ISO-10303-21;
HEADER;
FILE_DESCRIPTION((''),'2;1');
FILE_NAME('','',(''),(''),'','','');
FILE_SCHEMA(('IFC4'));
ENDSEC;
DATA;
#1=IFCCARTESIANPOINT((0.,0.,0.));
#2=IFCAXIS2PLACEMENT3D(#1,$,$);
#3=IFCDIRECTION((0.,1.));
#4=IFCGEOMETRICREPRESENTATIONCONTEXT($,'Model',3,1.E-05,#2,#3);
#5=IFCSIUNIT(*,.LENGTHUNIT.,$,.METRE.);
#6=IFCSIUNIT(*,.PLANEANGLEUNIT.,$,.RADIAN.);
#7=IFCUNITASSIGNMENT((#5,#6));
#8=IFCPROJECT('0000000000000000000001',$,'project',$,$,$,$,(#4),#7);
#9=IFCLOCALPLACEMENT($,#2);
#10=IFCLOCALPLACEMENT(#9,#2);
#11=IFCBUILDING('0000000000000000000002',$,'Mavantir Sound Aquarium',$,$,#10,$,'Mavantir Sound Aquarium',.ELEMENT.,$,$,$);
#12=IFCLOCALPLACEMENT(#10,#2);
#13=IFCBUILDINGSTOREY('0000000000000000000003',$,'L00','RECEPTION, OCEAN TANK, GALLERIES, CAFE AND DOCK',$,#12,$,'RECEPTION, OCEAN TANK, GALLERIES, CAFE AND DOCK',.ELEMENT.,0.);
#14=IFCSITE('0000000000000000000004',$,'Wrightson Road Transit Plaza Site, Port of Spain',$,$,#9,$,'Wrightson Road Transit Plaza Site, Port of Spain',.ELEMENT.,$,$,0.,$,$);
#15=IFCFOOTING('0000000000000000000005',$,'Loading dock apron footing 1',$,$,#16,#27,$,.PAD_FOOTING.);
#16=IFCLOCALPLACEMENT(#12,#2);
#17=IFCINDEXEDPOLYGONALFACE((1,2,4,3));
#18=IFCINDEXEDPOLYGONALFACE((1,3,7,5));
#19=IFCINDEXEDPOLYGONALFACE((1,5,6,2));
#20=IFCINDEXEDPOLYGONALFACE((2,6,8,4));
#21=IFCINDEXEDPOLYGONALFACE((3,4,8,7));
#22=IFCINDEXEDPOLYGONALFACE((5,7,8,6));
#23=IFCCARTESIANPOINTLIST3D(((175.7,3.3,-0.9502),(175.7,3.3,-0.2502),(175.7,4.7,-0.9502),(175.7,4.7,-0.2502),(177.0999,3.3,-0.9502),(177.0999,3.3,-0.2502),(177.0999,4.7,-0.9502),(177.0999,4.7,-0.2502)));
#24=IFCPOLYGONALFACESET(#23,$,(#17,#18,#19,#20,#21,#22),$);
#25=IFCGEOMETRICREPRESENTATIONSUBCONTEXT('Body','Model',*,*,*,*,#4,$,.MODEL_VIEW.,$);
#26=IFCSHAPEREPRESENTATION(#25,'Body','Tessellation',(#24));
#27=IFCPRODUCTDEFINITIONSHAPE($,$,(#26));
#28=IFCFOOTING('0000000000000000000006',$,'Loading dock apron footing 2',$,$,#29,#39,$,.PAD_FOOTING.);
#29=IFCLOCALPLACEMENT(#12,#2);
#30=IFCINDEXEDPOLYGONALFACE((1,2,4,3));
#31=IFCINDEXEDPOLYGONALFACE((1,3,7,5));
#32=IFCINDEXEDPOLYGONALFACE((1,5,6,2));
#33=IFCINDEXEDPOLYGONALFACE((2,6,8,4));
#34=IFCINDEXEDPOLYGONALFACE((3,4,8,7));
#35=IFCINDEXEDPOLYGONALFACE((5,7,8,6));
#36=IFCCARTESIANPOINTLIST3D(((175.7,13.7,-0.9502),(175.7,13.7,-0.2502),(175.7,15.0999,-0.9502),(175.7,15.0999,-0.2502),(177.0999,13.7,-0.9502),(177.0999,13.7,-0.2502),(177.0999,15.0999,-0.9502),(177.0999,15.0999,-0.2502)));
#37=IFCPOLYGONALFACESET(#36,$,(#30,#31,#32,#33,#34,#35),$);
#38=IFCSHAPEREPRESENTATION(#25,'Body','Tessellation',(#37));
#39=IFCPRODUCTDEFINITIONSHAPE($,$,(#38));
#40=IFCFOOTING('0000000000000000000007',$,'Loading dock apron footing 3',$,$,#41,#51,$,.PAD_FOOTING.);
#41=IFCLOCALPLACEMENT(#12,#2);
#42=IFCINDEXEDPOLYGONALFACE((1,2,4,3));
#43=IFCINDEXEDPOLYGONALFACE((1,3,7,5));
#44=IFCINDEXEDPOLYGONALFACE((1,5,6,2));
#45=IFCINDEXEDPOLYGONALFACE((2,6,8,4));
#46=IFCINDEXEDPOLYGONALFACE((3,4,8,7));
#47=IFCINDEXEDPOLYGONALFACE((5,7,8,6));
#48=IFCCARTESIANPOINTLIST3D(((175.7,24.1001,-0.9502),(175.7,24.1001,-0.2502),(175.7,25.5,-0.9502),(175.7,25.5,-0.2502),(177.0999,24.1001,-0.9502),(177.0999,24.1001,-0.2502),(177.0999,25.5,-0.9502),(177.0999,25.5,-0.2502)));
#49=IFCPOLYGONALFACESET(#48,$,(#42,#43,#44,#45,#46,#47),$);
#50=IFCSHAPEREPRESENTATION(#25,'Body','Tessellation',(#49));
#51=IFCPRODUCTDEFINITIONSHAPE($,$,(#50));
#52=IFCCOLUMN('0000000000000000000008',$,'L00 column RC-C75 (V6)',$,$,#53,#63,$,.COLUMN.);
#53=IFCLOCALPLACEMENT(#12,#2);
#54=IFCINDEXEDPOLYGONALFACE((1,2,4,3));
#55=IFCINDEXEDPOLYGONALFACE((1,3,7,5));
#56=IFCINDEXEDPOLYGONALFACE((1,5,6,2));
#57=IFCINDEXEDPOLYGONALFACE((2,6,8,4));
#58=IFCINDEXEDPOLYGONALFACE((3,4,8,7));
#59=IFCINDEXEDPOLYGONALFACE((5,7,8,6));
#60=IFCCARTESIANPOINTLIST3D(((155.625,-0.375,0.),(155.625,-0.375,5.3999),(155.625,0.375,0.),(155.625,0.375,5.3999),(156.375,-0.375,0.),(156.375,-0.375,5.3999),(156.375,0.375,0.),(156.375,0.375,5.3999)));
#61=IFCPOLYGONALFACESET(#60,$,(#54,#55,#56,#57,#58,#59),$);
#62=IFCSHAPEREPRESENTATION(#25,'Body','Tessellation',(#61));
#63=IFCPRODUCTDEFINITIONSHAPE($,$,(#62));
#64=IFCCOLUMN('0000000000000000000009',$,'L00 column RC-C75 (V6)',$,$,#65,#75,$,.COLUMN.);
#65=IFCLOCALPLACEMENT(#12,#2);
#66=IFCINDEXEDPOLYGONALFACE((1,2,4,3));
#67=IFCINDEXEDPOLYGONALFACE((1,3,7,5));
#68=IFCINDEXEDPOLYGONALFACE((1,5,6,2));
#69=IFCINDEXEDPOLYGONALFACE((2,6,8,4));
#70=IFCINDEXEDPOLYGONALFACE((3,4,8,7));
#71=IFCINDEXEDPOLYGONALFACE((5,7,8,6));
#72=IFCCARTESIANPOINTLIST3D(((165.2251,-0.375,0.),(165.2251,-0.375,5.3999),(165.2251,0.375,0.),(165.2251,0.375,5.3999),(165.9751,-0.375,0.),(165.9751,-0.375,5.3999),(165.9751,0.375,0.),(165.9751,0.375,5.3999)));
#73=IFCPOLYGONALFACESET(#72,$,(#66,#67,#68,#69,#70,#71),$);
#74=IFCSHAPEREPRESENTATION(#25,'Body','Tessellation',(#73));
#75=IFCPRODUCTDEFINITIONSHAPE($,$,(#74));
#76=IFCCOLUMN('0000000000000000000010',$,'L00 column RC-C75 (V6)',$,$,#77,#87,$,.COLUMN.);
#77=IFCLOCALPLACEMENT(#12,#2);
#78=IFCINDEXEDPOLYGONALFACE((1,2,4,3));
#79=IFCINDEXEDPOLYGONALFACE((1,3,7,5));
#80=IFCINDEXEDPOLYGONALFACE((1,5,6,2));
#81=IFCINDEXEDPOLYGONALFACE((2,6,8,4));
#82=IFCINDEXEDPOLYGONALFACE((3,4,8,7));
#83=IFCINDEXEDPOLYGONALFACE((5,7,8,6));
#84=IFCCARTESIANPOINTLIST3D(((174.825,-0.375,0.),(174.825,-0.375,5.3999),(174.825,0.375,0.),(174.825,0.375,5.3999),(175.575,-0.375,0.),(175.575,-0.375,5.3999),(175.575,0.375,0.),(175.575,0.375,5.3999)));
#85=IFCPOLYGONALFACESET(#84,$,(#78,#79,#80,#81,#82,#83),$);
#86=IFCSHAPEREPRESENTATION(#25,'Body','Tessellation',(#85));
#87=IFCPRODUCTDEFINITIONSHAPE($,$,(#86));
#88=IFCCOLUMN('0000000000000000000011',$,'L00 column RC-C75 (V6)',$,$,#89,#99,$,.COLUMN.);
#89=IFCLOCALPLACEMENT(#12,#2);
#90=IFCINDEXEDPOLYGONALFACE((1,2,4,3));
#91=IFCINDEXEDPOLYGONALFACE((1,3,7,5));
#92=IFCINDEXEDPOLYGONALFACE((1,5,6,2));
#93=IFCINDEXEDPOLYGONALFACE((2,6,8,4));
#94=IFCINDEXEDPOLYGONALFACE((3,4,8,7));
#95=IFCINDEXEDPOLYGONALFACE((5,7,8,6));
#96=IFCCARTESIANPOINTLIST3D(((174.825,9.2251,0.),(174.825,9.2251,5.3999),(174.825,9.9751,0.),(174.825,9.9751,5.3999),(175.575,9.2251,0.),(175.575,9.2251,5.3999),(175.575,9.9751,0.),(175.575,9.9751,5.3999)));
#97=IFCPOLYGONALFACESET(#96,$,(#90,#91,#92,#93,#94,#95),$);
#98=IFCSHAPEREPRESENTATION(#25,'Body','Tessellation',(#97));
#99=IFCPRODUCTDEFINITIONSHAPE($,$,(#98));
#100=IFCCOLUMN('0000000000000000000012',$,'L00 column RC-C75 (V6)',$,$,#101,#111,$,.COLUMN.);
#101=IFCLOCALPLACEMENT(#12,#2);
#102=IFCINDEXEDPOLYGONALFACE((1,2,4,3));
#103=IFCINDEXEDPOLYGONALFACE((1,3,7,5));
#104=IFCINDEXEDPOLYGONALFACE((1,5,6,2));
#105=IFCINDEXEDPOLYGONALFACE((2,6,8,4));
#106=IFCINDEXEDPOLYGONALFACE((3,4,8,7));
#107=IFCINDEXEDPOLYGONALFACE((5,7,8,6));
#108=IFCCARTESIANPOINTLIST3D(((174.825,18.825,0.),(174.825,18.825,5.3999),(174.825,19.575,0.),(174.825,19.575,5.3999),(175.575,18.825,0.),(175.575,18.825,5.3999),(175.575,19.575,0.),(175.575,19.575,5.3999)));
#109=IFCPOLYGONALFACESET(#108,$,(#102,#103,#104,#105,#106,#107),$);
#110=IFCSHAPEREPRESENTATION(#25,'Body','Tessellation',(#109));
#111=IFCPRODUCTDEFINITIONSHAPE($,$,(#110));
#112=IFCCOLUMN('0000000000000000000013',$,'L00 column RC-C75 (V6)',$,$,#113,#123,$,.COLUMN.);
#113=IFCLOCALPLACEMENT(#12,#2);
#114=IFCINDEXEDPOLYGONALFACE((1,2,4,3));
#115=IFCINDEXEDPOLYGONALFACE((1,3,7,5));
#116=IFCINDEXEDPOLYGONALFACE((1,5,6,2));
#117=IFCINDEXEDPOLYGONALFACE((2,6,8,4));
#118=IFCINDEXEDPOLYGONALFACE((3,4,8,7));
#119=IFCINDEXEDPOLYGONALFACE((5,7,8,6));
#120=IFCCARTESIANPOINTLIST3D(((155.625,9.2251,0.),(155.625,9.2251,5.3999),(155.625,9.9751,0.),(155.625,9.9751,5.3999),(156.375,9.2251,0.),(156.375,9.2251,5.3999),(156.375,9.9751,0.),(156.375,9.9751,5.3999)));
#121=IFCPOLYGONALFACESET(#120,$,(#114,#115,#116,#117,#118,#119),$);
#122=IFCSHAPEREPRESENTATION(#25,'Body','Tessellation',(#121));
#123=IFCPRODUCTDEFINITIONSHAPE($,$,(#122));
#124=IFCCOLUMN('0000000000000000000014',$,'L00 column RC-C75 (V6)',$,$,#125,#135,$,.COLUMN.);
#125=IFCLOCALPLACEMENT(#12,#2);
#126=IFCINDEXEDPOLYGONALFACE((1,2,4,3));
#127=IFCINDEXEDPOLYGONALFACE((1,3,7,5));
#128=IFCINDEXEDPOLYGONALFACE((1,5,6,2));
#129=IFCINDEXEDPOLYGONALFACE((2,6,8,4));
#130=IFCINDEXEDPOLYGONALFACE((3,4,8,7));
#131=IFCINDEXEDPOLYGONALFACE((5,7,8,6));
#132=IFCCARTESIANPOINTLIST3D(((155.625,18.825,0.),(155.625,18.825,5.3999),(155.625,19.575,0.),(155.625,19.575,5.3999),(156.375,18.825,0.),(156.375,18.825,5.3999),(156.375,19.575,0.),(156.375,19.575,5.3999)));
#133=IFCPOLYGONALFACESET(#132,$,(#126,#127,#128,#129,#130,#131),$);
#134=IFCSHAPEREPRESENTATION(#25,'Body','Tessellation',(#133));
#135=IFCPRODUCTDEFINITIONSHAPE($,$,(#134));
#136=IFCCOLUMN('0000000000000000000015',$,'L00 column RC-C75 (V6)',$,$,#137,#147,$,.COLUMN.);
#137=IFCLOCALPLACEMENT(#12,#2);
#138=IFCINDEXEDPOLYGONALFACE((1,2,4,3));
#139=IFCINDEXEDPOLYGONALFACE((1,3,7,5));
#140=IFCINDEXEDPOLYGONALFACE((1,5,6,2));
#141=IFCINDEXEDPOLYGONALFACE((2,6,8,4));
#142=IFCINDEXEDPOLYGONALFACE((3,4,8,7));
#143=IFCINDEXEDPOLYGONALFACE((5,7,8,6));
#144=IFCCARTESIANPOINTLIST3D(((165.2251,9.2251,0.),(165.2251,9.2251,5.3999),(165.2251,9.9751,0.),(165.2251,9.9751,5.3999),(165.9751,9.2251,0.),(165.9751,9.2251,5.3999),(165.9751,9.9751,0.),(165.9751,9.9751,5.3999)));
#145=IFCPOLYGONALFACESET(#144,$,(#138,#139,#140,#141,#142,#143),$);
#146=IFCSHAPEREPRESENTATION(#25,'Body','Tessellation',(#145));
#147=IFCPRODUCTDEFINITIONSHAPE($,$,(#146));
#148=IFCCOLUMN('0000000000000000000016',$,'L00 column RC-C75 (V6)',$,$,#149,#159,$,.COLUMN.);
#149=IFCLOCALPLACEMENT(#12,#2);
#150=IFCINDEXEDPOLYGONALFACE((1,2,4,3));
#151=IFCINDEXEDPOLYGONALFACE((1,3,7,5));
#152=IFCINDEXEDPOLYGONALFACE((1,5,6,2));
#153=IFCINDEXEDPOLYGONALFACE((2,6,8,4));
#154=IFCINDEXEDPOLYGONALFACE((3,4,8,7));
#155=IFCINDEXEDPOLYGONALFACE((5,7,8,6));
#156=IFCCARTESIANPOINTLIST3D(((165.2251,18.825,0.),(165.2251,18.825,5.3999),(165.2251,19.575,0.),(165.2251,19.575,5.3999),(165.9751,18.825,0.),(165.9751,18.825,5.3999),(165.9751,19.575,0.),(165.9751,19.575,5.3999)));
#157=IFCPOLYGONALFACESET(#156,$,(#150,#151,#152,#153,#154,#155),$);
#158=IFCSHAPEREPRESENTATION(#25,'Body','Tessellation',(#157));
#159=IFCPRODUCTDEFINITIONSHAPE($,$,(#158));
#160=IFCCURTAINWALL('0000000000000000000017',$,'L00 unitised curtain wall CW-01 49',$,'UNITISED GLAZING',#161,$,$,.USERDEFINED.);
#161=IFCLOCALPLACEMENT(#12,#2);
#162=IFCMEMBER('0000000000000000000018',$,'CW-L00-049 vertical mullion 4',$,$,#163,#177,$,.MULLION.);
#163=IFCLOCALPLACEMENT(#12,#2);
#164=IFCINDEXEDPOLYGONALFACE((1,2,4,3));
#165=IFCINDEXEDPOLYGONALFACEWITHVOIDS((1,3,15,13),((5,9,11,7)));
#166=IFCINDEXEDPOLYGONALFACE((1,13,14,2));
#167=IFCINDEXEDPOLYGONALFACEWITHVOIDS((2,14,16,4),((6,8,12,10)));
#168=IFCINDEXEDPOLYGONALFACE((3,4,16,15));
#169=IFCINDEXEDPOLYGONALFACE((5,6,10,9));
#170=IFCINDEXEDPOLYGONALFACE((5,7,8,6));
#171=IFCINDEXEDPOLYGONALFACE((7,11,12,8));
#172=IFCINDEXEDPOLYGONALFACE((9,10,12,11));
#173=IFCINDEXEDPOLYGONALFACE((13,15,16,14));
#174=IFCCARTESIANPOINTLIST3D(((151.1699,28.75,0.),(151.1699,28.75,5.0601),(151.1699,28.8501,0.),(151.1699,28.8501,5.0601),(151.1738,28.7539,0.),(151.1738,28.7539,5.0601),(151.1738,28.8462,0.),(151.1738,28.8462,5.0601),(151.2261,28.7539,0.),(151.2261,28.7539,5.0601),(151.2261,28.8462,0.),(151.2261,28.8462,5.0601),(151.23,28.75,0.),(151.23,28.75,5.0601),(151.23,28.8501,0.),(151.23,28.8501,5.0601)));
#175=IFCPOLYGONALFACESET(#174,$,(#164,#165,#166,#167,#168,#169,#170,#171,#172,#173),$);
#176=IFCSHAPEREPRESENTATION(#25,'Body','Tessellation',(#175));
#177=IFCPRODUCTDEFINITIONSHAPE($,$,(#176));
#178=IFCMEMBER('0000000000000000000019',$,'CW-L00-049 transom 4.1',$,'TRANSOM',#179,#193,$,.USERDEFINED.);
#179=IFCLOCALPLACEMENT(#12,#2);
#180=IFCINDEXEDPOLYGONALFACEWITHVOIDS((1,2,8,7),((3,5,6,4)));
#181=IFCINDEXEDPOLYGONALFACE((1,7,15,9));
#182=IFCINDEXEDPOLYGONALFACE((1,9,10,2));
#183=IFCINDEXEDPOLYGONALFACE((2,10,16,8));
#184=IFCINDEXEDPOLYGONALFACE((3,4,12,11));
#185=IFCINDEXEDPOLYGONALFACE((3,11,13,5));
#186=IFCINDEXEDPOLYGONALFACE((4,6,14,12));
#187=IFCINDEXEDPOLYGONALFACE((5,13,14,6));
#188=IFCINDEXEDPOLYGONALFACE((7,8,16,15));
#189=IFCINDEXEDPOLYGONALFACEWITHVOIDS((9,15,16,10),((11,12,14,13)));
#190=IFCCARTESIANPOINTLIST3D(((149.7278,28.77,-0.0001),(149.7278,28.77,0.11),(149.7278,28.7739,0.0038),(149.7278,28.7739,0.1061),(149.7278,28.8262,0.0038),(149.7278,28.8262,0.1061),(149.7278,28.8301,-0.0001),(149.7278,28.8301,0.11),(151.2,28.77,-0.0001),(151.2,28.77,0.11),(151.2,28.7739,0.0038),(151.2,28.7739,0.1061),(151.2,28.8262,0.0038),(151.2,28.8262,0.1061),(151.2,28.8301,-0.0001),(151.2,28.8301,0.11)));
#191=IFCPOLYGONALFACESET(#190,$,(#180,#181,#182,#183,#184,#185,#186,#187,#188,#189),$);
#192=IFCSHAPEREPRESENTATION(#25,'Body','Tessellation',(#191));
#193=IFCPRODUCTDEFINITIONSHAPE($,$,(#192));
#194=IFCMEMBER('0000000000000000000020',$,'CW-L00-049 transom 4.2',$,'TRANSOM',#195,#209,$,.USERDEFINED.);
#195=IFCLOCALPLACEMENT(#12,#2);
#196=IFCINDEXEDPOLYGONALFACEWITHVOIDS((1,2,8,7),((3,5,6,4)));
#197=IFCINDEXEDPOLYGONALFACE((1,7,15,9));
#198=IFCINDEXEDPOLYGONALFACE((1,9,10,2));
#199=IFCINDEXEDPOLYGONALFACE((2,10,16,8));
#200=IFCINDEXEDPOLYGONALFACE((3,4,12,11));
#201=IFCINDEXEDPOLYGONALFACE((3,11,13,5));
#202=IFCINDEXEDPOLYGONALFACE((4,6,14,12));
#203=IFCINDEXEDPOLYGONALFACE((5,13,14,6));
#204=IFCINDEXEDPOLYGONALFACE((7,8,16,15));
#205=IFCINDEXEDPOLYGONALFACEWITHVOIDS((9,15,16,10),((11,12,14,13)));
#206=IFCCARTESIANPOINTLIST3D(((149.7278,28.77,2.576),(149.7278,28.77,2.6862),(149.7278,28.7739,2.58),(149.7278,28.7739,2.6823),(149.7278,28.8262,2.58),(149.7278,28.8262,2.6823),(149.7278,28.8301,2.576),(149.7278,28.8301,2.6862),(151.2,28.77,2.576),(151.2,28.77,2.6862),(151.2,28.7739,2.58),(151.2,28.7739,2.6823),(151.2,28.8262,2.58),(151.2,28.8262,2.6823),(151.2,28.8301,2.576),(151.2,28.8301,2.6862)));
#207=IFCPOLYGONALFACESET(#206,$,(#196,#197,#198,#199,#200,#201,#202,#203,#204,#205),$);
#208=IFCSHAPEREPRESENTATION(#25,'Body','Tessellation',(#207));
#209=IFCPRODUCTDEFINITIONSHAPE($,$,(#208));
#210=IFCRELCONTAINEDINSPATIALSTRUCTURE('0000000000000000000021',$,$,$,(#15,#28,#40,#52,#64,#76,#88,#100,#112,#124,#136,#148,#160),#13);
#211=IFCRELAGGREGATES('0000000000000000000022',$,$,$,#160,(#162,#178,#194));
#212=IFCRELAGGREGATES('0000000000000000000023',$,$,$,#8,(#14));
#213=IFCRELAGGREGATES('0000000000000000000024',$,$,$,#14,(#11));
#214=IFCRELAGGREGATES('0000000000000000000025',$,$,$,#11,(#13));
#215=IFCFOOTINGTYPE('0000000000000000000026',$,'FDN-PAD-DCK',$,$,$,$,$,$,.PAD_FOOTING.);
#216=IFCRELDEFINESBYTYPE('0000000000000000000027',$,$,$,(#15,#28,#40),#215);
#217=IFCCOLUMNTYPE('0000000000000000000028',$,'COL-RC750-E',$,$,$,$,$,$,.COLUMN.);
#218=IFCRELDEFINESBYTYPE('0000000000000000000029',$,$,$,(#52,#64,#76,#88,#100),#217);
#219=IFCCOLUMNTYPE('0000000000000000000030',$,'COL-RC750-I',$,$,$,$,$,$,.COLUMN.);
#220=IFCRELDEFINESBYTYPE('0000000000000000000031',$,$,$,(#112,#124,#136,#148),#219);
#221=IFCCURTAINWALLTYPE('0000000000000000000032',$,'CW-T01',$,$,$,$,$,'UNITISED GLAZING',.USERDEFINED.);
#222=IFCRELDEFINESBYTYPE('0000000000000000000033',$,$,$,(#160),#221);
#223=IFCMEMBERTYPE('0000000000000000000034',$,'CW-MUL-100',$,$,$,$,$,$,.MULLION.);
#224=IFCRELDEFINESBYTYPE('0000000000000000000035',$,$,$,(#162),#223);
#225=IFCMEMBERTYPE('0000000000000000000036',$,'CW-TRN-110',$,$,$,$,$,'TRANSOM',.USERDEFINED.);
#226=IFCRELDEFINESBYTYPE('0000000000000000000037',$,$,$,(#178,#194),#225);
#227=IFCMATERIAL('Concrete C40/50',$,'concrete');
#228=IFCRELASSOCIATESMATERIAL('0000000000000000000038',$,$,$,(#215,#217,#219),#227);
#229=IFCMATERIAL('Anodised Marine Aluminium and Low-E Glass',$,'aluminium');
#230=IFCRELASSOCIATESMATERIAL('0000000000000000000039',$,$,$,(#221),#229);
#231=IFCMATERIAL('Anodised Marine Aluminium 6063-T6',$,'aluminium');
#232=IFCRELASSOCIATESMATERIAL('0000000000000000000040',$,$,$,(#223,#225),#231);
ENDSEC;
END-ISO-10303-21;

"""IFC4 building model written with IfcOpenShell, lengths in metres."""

from ifc_helpers import new_model, si_unit, direction, frame, origin, origin_2d, place, context, subcontext, project, spatial, rectangle, hollow_rectangle, extrude, material, material_profile, profile_set, type_object, element, aggregate, save


model = new_model("IFC4")

# Units and contexts
model_context = context("Model", 3, precision=1e-05, world=origin(), true_north=direction((0.0, 1.0)))
body_context = subcontext(model_context, "Body", "Model", "MODEL_VIEW")
ifc_project = project(units=[si_unit("LENGTHUNIT", "METRE"), si_unit("PLANEANGLEUNIT", "RADIAN")], contexts=[model_context])

# Site, building, storey
site_placement = place(None, origin())
site = spatial("IfcSite", under=ifc_project, at=site_placement, Name="Wrightson Road Transit Plaza Site, Port of Spain", LongName="Wrightson Road Transit Plaza Site, Port of Spain", CompositionType="ELEMENT", RefElevation=0.0)
building_placement = place(site_placement, origin())
building = spatial("IfcBuilding", under=site, at=building_placement, Name="Mavantir Sound Aquarium", LongName="Mavantir Sound Aquarium", CompositionType="ELEMENT")
storey_placement = place(building_placement, origin())
storey = spatial("IfcBuildingStorey", under=building, at=storey_placement, Name="L00", Description="RECEPTION, OCEAN TANK, GALLERIES, CAFE AND DOCK", LongName="RECEPTION, OCEAN TANK, GALLERIES, CAFE AND DOCK", CompositionType="ELEMENT", Elevation=0.0)

# Footings
ifc_material_1 = material(Name="Concrete C40/50", Category="concrete")
footing_type = type_object("IfcFootingType", Name="FDN-PAD-DCK", PredefinedType="PAD_FOOTING", material=ifc_material_1)
for number, where, z_axis, x_axis, name in (
    (1, (176.3999, 4.0, -0.9502), (0.0, 0.0, 1.0), (1.0, 0.0, 0.0), "Loading dock apron footing 1"),
    (2, (176.3999, 14.3999, -0.9502), (0.0, 0.0, 1.0), (1.0, 0.0, 0.0), "Loading dock apron footing 2"),
    (3, (176.3999, 24.8, -0.9502), (0.0, 0.0, 1.0), (1.0, 0.0, 0.0), "Loading dock apron footing 3"),
):
    element("IfcFooting", number, at=place(storey_placement, frame(where, z_axis=z_axis, x_axis=x_axis)), inside=storey, type_object=footing_type, Name=name, PredefinedType="PAD_FOOTING", context=body_context, shape_type="SweptSolid", body=[
        extrude(rectangle(XDim=1.3999, YDim=1.3999, at=origin_2d()), origin(), (0.0, 0.0, 1.0), 0.7),
    ])

# Columns
ifc_material_profile_1 = material_profile(ifc_material_1, rectangle(XDim=0.75, YDim=0.75, at=origin_2d()), Name="RC 750X750")
ifc_profile_set_1 = profile_set([ifc_material_profile_1], Name="Concrete C40/50")
column_type_1 = type_object("IfcColumnType", Name="COL-RC750-E", PredefinedType="COLUMN", material=ifc_profile_set_1)
for number, where, z_axis, x_axis, name in (
    (4, (156.0, 0.0, 0.0), (0.0, 0.0, 1.0), (1.0, 0.0, 0.0), "L00 column RC-C75 (V6)"),
    (5, (165.6001, 0.0, 0.0), (0.0, 0.0, 1.0), (1.0, 0.0, 0.0), "L00 column RC-C75 (V6)"),
    (6, (175.2, 0.0, 0.0), (0.0, 0.0, 1.0), (1.0, 0.0, 0.0), "L00 column RC-C75 (V6)"),
    (7, (175.2, 9.6001, 0.0), (0.0, 0.0, 1.0), (1.0, 0.0, 0.0), "L00 column RC-C75 (V6)"),
    (8, (175.2, 19.2, 0.0), (0.0, 0.0, 1.0), (1.0, 0.0, 0.0), "L00 column RC-C75 (V6)"),
):
    element("IfcColumn", number, at=place(storey_placement, frame(where, z_axis=z_axis, x_axis=x_axis)), inside=storey, type_object=column_type_1, Name=name, PredefinedType="COLUMN", context=body_context, shape_type="SweptSolid", body=[
        extrude(rectangle(XDim=0.75, YDim=0.75, at=origin_2d()), origin(), (0.0, 0.0, 1.0), 5.3999),
    ])
ifc_material_profile_2 = material_profile(ifc_material_1, rectangle(XDim=0.75, YDim=0.75, at=origin_2d()), Name="RC 750X750")
ifc_profile_set_2 = profile_set([ifc_material_profile_2], Name="Concrete C40/50")
column_type_2 = type_object("IfcColumnType", Name="COL-RC750-I", PredefinedType="COLUMN", material=ifc_profile_set_2)
for number, where, z_axis, x_axis, name in (
    (9, (156.0, 9.6001, 0.0), (0.0, 0.0, 1.0), (1.0, 0.0, 0.0), "L00 column RC-C75 (V6)"),
    (10, (156.0, 19.2, 0.0), (0.0, 0.0, 1.0), (1.0, 0.0, 0.0), "L00 column RC-C75 (V6)"),
    (11, (165.6001, 9.6001, 0.0), (0.0, 0.0, 1.0), (1.0, 0.0, 0.0), "L00 column RC-C75 (V6)"),
    (12, (165.6001, 19.2, 0.0), (0.0, 0.0, 1.0), (1.0, 0.0, 0.0), "L00 column RC-C75 (V6)"),
):
    element("IfcColumn", number, at=place(storey_placement, frame(where, z_axis=z_axis, x_axis=x_axis)), inside=storey, type_object=column_type_2, Name=name, PredefinedType="COLUMN", context=body_context, shape_type="SweptSolid", body=[
        extrude(rectangle(XDim=0.75, YDim=0.75, at=origin_2d()), origin(), (0.0, 0.0, 1.0), 5.3999),
    ])

# Curtain wall, members
ifc_material_2 = material(Name="Anodised Marine Aluminium and Low-E Glass", Category="aluminium")
curtain_wall_type = type_object("IfcCurtainWallType", Name="CW-T01", ElementType="UNITISED GLAZING", PredefinedType="USERDEFINED", material=ifc_material_2)
curtain_wall_placement = place(storey_placement, origin())
curtain_wall = element("IfcCurtainWall", 13, at=curtain_wall_placement, inside=storey, type_object=curtain_wall_type, Name="L00 unitised curtain wall CW-01 49", ObjectType="UNITISED GLAZING", PredefinedType="USERDEFINED")
ifc_material_3 = material(Name="Anodised Marine Aluminium 6063-T6", Category="aluminium")
ifc_material_profile_3 = material_profile(ifc_material_3, hollow_rectangle(XDim=0.0601, YDim=0.1001, WallThickness=0.0039, at=origin_2d()), Name="ALU-MULLION-100X60")
ifc_profile_set_3 = profile_set([ifc_material_profile_3], Name="Anodised Marine Aluminium 6063-T6")
member_type_1 = type_object("IfcMemberType", Name="CW-MUL-100", PredefinedType="MULLION", material=ifc_profile_set_3)
member_1_placement = place(storey_placement, frame((151.2, 28.8, 0.0), z_axis=(0.0, 0.0, 1.0), x_axis=(1.0, 0.0, 0.0)))
member_1 = element("IfcMember", 14, at=member_1_placement, type_object=member_type_1, Name="CW-L00-049 vertical mullion 4", PredefinedType="MULLION", context=body_context, shape_type="SweptSolid", body=[
    extrude(hollow_rectangle(XDim=0.0601, YDim=0.1001, WallThickness=0.0039, at=origin_2d()), origin(), (0.0, 0.0, 1.0), 5.0601),
])
ifc_material_profile_4 = material_profile(ifc_material_3, hollow_rectangle(XDim=0.0601, YDim=0.1101, WallThickness=0.0039, at=origin_2d()), Name="ALU-TRANSOM-110X60")
ifc_profile_set_4 = profile_set([ifc_material_profile_4], Name="Anodised Marine Aluminium 6063-T6")
member_type_2 = type_object("IfcMemberType", Name="CW-TRN-110", ElementType="TRANSOM", PredefinedType="USERDEFINED", material=ifc_profile_set_4)
member_2_placement = place(storey_placement, frame((151.2, 28.8, 0.0549), z_axis=(-1.0, 0.0, 0.0), x_axis=(0.0, -1.0, 0.0)))
member_2 = element("IfcMember", 15, at=member_2_placement, type_object=member_type_2, Name="CW-L00-049 transom 4.1", ObjectType="TRANSOM", PredefinedType="USERDEFINED", context=body_context, shape_type="SweptSolid", body=[
    extrude(hollow_rectangle(XDim=0.0601, YDim=0.1101, WallThickness=0.0039, at=origin_2d()), origin(), (0.0, 0.0, 1.0), 1.4722),
])
member_3_placement = place(storey_placement, frame((151.2, 28.8, 2.6311), z_axis=(-1.0, 0.0, 0.0), x_axis=(0.0, -1.0, 0.0)))
member_3 = element("IfcMember", 16, at=member_3_placement, type_object=member_type_2, Name="CW-L00-049 transom 4.2", ObjectType="TRANSOM", PredefinedType="USERDEFINED", context=body_context, shape_type="SweptSolid", body=[
    extrude(hollow_rectangle(XDim=0.0601, YDim=0.1101, WallThickness=0.0039, at=origin_2d()), origin(), (0.0, 0.0, 1.0), 1.4722),
])
aggregate(curtain_wall, [member_1, member_2, member_3])

save(model, "model.ifc")
